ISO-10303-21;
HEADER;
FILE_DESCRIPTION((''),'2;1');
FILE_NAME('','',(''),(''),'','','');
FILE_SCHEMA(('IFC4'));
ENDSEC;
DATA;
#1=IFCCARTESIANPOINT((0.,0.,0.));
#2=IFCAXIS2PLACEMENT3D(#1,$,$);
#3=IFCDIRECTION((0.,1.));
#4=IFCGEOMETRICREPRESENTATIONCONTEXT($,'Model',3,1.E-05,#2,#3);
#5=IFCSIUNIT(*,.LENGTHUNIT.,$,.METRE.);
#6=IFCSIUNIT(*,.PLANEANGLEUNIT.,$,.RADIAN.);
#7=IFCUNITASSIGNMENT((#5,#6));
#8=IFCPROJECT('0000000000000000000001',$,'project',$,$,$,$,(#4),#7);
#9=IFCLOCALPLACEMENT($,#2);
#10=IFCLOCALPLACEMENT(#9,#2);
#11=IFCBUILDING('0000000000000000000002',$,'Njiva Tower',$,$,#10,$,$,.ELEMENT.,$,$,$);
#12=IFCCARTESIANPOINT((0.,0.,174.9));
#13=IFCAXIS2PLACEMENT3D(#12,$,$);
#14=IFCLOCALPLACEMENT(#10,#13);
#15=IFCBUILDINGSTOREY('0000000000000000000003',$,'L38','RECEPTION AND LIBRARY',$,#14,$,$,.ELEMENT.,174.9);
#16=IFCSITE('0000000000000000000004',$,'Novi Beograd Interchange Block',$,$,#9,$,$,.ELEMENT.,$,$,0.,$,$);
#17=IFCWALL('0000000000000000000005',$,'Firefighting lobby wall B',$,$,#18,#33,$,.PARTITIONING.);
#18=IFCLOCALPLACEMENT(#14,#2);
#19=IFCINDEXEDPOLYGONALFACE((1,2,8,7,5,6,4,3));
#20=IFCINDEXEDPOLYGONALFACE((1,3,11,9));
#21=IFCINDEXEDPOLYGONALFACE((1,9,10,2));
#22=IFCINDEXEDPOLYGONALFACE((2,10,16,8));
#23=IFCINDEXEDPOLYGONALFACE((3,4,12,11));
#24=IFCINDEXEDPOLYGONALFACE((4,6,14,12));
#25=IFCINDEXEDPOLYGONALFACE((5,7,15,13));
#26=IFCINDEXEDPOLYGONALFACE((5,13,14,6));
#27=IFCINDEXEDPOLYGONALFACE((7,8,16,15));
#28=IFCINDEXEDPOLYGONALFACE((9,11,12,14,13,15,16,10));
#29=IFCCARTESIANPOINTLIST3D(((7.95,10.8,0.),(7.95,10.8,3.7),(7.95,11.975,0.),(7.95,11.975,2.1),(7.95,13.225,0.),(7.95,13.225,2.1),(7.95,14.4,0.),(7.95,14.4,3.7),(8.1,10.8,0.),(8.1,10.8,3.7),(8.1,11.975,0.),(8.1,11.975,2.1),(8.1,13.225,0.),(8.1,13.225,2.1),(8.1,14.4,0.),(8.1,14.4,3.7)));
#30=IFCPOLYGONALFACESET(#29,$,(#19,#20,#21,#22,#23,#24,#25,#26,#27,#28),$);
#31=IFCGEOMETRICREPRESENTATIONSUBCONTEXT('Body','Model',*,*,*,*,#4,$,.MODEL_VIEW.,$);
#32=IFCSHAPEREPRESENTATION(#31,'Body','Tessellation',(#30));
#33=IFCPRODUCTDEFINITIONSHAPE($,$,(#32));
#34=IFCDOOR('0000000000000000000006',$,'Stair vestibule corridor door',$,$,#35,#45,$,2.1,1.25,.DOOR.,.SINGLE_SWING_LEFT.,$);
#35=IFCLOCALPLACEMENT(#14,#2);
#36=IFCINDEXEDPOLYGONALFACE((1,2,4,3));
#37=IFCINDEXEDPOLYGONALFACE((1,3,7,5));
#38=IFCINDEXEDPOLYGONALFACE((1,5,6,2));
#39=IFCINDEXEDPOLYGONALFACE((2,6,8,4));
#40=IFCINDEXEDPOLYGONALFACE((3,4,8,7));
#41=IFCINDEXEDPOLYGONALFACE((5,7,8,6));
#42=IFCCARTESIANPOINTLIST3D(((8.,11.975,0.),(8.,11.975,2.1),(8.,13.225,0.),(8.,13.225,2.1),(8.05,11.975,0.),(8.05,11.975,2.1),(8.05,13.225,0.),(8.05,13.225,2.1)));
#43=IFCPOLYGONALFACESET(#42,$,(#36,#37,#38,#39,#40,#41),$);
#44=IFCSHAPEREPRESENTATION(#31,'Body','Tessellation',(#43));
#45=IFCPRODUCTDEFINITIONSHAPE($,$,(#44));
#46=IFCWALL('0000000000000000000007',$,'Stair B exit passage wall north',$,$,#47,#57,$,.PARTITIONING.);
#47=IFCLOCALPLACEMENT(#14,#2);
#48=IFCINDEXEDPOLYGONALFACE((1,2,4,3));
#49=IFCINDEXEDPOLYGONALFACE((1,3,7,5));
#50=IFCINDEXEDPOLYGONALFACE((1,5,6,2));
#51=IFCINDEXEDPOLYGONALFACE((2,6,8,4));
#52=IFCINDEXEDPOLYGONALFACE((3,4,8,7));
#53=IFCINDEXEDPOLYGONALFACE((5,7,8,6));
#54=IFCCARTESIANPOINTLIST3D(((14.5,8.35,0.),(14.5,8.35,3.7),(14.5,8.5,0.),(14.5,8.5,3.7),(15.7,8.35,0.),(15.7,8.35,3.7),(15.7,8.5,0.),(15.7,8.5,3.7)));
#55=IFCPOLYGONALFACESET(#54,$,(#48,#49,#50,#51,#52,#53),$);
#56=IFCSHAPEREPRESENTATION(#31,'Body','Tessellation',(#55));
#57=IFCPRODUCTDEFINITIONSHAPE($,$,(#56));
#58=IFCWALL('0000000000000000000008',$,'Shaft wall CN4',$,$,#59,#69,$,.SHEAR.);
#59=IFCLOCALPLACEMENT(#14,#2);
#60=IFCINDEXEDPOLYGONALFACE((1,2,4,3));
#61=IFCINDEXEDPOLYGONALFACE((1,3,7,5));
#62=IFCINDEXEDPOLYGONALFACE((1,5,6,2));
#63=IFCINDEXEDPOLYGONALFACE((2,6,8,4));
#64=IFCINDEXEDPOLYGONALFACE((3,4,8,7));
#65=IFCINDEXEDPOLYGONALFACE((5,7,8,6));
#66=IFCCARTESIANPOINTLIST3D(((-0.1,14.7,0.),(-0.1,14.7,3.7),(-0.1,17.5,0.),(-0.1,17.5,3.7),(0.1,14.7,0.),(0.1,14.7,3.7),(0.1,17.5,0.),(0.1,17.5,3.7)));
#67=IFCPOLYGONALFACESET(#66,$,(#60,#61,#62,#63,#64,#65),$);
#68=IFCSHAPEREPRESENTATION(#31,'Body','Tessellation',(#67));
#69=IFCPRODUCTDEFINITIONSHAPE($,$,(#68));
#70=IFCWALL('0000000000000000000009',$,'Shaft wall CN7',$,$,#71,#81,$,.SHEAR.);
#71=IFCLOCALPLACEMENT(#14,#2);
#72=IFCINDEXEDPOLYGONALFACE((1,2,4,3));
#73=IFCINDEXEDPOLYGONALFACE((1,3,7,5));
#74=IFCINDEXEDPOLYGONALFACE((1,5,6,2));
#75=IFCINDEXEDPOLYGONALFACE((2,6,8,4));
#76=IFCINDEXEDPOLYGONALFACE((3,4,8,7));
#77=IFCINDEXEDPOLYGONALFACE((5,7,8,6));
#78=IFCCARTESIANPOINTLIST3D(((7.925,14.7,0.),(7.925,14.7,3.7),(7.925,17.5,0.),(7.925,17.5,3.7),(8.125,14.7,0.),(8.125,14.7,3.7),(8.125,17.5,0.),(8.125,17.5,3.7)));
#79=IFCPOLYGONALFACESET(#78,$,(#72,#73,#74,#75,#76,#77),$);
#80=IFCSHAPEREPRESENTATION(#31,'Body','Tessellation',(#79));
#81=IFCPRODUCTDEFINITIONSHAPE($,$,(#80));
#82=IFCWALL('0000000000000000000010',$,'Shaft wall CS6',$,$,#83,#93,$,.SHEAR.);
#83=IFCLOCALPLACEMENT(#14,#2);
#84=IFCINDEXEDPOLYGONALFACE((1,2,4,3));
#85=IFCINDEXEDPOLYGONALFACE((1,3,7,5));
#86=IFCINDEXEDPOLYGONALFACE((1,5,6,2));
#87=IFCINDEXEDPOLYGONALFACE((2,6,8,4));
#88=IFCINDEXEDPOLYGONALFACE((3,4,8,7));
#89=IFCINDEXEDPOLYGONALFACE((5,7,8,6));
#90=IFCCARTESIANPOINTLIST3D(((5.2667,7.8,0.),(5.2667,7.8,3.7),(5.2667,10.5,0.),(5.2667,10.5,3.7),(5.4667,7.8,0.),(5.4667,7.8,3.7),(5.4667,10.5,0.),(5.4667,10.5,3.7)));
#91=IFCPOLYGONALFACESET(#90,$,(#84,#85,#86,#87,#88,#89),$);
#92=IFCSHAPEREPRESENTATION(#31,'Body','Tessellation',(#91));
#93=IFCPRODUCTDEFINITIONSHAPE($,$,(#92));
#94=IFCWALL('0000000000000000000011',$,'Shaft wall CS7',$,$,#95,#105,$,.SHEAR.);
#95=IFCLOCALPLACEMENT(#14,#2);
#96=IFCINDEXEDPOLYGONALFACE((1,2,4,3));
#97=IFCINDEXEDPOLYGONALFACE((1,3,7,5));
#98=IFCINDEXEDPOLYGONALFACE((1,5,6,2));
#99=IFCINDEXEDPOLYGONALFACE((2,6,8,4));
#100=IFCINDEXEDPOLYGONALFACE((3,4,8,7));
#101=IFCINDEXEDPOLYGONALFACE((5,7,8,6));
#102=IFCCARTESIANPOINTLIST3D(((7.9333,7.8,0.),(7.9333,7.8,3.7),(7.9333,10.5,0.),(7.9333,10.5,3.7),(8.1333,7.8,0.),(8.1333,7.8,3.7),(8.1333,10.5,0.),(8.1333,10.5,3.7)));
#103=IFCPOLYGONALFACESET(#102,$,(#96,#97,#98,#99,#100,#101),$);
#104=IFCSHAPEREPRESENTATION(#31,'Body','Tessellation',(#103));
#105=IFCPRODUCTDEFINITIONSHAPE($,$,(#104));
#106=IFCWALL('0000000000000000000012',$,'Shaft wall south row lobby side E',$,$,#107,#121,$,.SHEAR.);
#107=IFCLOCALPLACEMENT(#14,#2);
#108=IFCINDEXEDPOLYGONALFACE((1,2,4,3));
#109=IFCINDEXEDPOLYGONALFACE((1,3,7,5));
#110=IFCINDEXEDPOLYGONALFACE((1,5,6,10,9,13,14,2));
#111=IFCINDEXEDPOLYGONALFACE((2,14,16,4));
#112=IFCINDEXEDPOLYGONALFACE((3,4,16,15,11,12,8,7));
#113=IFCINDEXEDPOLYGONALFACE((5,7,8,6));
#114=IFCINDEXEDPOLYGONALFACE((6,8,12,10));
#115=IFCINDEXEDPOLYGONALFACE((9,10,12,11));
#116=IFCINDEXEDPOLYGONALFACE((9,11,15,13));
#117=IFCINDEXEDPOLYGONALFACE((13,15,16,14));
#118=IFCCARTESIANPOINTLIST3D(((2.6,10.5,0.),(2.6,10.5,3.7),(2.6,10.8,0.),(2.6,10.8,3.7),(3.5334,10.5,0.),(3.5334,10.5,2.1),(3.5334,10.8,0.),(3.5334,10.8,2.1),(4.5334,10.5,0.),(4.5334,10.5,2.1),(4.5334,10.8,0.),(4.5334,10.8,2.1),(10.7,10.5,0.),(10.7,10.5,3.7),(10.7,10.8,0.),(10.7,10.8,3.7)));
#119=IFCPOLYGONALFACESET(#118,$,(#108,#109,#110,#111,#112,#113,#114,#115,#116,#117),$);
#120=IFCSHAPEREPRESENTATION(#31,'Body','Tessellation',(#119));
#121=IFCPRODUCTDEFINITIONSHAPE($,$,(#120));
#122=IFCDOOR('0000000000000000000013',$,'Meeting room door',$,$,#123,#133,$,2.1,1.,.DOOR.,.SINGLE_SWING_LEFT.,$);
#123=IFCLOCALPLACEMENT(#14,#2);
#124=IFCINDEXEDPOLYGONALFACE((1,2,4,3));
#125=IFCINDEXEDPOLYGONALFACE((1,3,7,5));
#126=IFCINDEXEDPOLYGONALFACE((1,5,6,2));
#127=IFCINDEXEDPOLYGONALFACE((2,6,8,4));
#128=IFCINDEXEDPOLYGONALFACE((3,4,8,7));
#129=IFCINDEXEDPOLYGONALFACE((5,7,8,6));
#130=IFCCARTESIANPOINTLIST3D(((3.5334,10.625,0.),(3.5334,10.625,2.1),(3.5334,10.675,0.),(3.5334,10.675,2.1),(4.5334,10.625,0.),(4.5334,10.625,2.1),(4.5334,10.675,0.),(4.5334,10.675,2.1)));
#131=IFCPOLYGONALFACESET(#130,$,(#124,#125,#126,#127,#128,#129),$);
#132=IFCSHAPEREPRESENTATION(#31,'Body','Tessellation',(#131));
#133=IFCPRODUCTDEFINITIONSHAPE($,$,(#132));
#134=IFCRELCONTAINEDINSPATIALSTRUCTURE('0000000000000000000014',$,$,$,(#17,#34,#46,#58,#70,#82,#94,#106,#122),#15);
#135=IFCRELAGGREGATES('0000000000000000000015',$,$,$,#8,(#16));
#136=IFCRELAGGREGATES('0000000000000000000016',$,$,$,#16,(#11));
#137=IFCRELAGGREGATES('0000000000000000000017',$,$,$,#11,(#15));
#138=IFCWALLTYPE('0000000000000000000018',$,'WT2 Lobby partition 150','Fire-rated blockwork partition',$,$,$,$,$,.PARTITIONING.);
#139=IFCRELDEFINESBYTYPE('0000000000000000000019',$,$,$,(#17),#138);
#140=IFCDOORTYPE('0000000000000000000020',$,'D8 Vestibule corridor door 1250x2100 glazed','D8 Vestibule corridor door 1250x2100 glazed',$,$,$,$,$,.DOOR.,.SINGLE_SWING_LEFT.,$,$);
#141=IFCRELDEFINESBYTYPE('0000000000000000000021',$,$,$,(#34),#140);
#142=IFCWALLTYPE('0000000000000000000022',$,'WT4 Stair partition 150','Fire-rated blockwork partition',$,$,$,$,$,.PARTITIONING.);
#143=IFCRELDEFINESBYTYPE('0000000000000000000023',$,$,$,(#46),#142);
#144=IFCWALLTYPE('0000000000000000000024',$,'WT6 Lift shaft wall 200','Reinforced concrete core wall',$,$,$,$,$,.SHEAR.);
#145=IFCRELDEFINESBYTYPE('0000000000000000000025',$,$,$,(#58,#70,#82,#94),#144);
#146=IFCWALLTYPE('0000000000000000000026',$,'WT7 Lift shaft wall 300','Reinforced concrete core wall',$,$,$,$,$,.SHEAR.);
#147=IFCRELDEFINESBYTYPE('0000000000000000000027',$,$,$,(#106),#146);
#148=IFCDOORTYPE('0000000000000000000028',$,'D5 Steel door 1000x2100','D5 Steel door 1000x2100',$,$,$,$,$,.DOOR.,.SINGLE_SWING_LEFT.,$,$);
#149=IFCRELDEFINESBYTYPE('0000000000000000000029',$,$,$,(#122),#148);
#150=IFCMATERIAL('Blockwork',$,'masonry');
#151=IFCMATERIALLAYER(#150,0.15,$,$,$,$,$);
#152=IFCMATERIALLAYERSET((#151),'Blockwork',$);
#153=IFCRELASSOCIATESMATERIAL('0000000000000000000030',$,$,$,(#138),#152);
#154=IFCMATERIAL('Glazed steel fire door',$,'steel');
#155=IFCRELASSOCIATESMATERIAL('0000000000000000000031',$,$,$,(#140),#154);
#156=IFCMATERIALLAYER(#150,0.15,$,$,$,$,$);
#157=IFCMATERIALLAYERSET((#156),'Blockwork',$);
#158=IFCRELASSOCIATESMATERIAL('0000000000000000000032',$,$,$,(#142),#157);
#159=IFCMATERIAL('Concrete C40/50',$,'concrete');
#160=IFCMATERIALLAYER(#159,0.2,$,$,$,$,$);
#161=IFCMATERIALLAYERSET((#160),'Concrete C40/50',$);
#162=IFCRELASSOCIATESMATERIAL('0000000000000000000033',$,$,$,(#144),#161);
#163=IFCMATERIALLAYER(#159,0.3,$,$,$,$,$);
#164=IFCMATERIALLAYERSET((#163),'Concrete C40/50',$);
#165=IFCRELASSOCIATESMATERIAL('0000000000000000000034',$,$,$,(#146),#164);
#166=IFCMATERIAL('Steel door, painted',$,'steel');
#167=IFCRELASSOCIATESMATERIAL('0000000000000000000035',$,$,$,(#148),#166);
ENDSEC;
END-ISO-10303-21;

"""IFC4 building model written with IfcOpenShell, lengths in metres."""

from ifc_helpers import new_model, si_unit, direction, frame, frame_2d, origin, place, context, subcontext, project, spatial, rectangle, extrude, material, layer, layer_set, type_object, element, fill, save


model = new_model("IFC4")

# Units and contexts
model_context = context("Model", 3, precision=1e-05, world=origin(), true_north=direction((0.0, 1.0)))
body_context = subcontext(model_context, "Body", "Model", "MODEL_VIEW")
ifc_project = project(units=[si_unit("LENGTHUNIT", "METRE"), si_unit("PLANEANGLEUNIT", "RADIAN")], contexts=[model_context])

# Site, building, storey
site_placement = place(None, origin())
site = spatial("IfcSite", under=ifc_project, at=site_placement, Name="Novi Beograd Interchange Block", CompositionType="ELEMENT", RefElevation=0.0)
building_placement = place(site_placement, origin())
building = spatial("IfcBuilding", under=site, at=building_placement, Name="Njiva Tower", CompositionType="ELEMENT")
storey_placement = place(building_placement, frame((0.0, 0.0, 174.9)))
storey = spatial("IfcBuildingStorey", under=building, at=storey_placement, Name="L38", Description="RECEPTION AND LIBRARY", CompositionType="ELEMENT", Elevation=174.9)

# Shared definitions
ifc_material_1 = material(Name="Blockwork", Category="masonry")

# Wall, opening, door
ifc_material_2 = material(Name="Concrete C40/50", Category="concrete")
ifc_material_3 = material(Name="Glazed steel fire door", Category="steel")
ifc_layer_1 = layer(ifc_material_1, 0.15)
ifc_layer_set_1 = layer_set([ifc_layer_1], Name="Blockwork")
wall_type_1 = type_object("IfcWallType", Name="WT2 Lobby partition 150", Description="Fire-rated blockwork partition", PredefinedType="PARTITIONING", material=ifc_layer_set_1)
wall_1_placement = place(storey_placement, frame((8.025, 10.8, 0.0), z_axis=(0.0, 0.0, 1.0), x_axis=(0.0, 1.0, 0.0)))
wall_1 = element("IfcWall", 1, at=wall_1_placement, inside=storey, type_object=wall_type_1, Name="Firefighting lobby wall B", PredefinedType="PARTITIONING", context=body_context, shape_type="SweptSolid", body=[
    extrude(rectangle(XDim=3.6, YDim=0.15, at=frame_2d((1.8, 0.0))), origin(), (0.0, 0.0, 1.0), 3.7),
])
opening_1_placement = place(wall_1_placement, frame((1.175, 0.0, 0.0)))
opening_1 = element("IfcOpeningElement", 2, at=opening_1_placement, cuts=wall_1, PredefinedType="OPENING", context=body_context, shape_type="SweptSolid", body=[
    extrude(rectangle(XDim=1.25, YDim=2.1, at=frame_2d((0.625, 1.05))), frame((0.0, 0.085, 0.0), z_axis=(0.0, -1.0, 0.0), x_axis=(1.0, 0.0, 0.0)), (0.0, 0.0, 1.0), 0.17),
])
door_type_1 = type_object("IfcDoorType", Name="D8 Vestibule corridor door 1250x2100 glazed", Description="D8 Vestibule corridor door 1250x2100 glazed", OperationType="SINGLE_SWING_LEFT", PredefinedType="DOOR", material=ifc_material_3)
door_1_placement = place(opening_1_placement, origin())
door_1 = element("IfcDoor", 3, at=door_1_placement, inside=storey, type_object=door_type_1, Name="Stair vestibule corridor door", OperationType="SINGLE_SWING_LEFT", OverallHeight=2.1, OverallWidth=1.25, PredefinedType="DOOR", context=body_context, shape_type="SweptSolid", body=[
    extrude(rectangle(XDim=1.25, YDim=2.1, at=frame_2d((0.625, 1.05))), frame((0.0, 0.025, 0.0), z_axis=(0.0, -1.0, 0.0), x_axis=(1.0, 0.0, 0.0)), (0.0, 0.0, 1.0), 0.05),
])
fill(opening_1, door_1)

# Walls
ifc_layer_2 = layer(ifc_material_1, 0.15)
ifc_layer_set_2 = layer_set([ifc_layer_2], Name="Blockwork")
wall_type_2 = type_object("IfcWallType", Name="WT4 Stair partition 150", Description="Fire-rated blockwork partition", PredefinedType="PARTITIONING", material=ifc_layer_set_2)
wall_2_placement = place(storey_placement, frame((14.5, 8.425, 0.0), z_axis=(0.0, 0.0, 1.0), x_axis=(1.0, 0.0, 0.0)))
element("IfcWall", 4, at=wall_2_placement, inside=storey, type_object=wall_type_2, Name="Stair B exit passage wall north", PredefinedType="PARTITIONING", context=body_context, shape_type="SweptSolid", body=[
    extrude(rectangle(XDim=1.2, YDim=0.15, at=frame_2d((0.6, 0.0))), origin(), (0.0, 0.0, 1.0), 3.7),
])
ifc_layer_3 = layer(ifc_material_2, 0.2)
ifc_layer_set_3 = layer_set([ifc_layer_3], Name="Concrete C40/50")
wall_type_3 = type_object("IfcWallType", Name="WT6 Lift shaft wall 200", Description="Reinforced concrete core wall", PredefinedType="SHEAR", material=ifc_layer_set_3)
for number, where, z_axis, x_axis, name in (
    (5, (0.0, 14.7, 0.0), (0.0, 0.0, 1.0), (0.0, 1.0, 0.0), "Shaft wall CN4"),
    (6, (8.025, 14.7, 0.0), (0.0, 0.0, 1.0), (0.0, 1.0, 0.0), "Shaft wall CN7"),
):
    element("IfcWall", number, at=place(storey_placement, frame(where, z_axis=z_axis, x_axis=x_axis)), inside=storey, type_object=wall_type_3, Name=name, PredefinedType="SHEAR", context=body_context, shape_type="SweptSolid", body=[
        extrude(rectangle(XDim=2.8, YDim=0.2, at=frame_2d((1.4, 0.0))), origin(), (0.0, 0.0, 1.0), 3.7),
    ])
for number, where, z_axis, x_axis, name in (
    (7, (5.3667, 7.8, 0.0), (0.0, 0.0, 1.0), (0.0, 1.0, 0.0), "Shaft wall CS6"),
    (8, (8.0333, 7.8, 0.0), (0.0, 0.0, 1.0), (0.0, 1.0, 0.0), "Shaft wall CS7"),
):
    element("IfcWall", number, at=place(storey_placement, frame(where, z_axis=z_axis, x_axis=x_axis)), inside=storey, type_object=wall_type_3, Name=name, PredefinedType="SHEAR", context=body_context, shape_type="SweptSolid", body=[
        extrude(rectangle(XDim=2.7, YDim=0.2, at=frame_2d((1.35, 0.0))), origin(), (0.0, 0.0, 1.0), 3.7),
    ])

# Wall, opening, door
ifc_layer_4 = layer(ifc_material_2, 0.3)
ifc_layer_set_4 = layer_set([ifc_layer_4], Name="Concrete C40/50")
wall_type_4 = type_object("IfcWallType", Name="WT7 Lift shaft wall 300", Description="Reinforced concrete core wall", PredefinedType="SHEAR", material=ifc_layer_set_4)
wall_3_placement = place(storey_placement, frame((2.6, 10.65, 0.0), z_axis=(0.0, 0.0, 1.0), x_axis=(1.0, 0.0, 0.0)))
wall_3 = element("IfcWall", 9, at=wall_3_placement, inside=storey, type_object=wall_type_4, Name="Shaft wall south row lobby side E", PredefinedType="SHEAR", context=body_context, shape_type="SweptSolid", body=[
    extrude(rectangle(XDim=8.1, YDim=0.3, at=frame_2d((4.05, 0.0))), origin(), (0.0, 0.0, 1.0), 3.7),
])
opening_2_placement = place(wall_3_placement, frame((0.9334, 0.0, 0.0)))
opening_2 = element("IfcOpeningElement", 10, at=opening_2_placement, cuts=wall_3, PredefinedType="OPENING", context=body_context, shape_type="SweptSolid", body=[
    extrude(rectangle(XDim=1.0, YDim=2.1, at=frame_2d((0.5, 1.05))), frame((0.0, 0.16, 0.0), z_axis=(0.0, -1.0, 0.0), x_axis=(1.0, 0.0, 0.0)), (0.0, 0.0, 1.0), 0.32),
])
ifc_material_4 = material(Name="Steel door, painted", Category="steel")
door_type_2 = type_object("IfcDoorType", Name="D5 Steel door 1000x2100", Description="D5 Steel door 1000x2100", OperationType="SINGLE_SWING_LEFT", PredefinedType="DOOR", material=ifc_material_4)
door_2_placement = place(opening_2_placement, origin())
door_2 = element("IfcDoor", 11, at=door_2_placement, inside=storey, type_object=door_type_2, Name="Meeting room door", OperationType="SINGLE_SWING_LEFT", OverallHeight=2.1, OverallWidth=1.0, PredefinedType="DOOR", context=body_context, shape_type="SweptSolid", body=[
    extrude(rectangle(XDim=1.0, YDim=2.1, at=frame_2d((0.5, 1.05))), frame((0.0, 0.025, 0.0), z_axis=(0.0, -1.0, 0.0), x_axis=(1.0, 0.0, 0.0)), (0.0, 0.0, 1.0), 0.05),
])
fill(opening_2, door_2)

save(model, "model.ifc")
